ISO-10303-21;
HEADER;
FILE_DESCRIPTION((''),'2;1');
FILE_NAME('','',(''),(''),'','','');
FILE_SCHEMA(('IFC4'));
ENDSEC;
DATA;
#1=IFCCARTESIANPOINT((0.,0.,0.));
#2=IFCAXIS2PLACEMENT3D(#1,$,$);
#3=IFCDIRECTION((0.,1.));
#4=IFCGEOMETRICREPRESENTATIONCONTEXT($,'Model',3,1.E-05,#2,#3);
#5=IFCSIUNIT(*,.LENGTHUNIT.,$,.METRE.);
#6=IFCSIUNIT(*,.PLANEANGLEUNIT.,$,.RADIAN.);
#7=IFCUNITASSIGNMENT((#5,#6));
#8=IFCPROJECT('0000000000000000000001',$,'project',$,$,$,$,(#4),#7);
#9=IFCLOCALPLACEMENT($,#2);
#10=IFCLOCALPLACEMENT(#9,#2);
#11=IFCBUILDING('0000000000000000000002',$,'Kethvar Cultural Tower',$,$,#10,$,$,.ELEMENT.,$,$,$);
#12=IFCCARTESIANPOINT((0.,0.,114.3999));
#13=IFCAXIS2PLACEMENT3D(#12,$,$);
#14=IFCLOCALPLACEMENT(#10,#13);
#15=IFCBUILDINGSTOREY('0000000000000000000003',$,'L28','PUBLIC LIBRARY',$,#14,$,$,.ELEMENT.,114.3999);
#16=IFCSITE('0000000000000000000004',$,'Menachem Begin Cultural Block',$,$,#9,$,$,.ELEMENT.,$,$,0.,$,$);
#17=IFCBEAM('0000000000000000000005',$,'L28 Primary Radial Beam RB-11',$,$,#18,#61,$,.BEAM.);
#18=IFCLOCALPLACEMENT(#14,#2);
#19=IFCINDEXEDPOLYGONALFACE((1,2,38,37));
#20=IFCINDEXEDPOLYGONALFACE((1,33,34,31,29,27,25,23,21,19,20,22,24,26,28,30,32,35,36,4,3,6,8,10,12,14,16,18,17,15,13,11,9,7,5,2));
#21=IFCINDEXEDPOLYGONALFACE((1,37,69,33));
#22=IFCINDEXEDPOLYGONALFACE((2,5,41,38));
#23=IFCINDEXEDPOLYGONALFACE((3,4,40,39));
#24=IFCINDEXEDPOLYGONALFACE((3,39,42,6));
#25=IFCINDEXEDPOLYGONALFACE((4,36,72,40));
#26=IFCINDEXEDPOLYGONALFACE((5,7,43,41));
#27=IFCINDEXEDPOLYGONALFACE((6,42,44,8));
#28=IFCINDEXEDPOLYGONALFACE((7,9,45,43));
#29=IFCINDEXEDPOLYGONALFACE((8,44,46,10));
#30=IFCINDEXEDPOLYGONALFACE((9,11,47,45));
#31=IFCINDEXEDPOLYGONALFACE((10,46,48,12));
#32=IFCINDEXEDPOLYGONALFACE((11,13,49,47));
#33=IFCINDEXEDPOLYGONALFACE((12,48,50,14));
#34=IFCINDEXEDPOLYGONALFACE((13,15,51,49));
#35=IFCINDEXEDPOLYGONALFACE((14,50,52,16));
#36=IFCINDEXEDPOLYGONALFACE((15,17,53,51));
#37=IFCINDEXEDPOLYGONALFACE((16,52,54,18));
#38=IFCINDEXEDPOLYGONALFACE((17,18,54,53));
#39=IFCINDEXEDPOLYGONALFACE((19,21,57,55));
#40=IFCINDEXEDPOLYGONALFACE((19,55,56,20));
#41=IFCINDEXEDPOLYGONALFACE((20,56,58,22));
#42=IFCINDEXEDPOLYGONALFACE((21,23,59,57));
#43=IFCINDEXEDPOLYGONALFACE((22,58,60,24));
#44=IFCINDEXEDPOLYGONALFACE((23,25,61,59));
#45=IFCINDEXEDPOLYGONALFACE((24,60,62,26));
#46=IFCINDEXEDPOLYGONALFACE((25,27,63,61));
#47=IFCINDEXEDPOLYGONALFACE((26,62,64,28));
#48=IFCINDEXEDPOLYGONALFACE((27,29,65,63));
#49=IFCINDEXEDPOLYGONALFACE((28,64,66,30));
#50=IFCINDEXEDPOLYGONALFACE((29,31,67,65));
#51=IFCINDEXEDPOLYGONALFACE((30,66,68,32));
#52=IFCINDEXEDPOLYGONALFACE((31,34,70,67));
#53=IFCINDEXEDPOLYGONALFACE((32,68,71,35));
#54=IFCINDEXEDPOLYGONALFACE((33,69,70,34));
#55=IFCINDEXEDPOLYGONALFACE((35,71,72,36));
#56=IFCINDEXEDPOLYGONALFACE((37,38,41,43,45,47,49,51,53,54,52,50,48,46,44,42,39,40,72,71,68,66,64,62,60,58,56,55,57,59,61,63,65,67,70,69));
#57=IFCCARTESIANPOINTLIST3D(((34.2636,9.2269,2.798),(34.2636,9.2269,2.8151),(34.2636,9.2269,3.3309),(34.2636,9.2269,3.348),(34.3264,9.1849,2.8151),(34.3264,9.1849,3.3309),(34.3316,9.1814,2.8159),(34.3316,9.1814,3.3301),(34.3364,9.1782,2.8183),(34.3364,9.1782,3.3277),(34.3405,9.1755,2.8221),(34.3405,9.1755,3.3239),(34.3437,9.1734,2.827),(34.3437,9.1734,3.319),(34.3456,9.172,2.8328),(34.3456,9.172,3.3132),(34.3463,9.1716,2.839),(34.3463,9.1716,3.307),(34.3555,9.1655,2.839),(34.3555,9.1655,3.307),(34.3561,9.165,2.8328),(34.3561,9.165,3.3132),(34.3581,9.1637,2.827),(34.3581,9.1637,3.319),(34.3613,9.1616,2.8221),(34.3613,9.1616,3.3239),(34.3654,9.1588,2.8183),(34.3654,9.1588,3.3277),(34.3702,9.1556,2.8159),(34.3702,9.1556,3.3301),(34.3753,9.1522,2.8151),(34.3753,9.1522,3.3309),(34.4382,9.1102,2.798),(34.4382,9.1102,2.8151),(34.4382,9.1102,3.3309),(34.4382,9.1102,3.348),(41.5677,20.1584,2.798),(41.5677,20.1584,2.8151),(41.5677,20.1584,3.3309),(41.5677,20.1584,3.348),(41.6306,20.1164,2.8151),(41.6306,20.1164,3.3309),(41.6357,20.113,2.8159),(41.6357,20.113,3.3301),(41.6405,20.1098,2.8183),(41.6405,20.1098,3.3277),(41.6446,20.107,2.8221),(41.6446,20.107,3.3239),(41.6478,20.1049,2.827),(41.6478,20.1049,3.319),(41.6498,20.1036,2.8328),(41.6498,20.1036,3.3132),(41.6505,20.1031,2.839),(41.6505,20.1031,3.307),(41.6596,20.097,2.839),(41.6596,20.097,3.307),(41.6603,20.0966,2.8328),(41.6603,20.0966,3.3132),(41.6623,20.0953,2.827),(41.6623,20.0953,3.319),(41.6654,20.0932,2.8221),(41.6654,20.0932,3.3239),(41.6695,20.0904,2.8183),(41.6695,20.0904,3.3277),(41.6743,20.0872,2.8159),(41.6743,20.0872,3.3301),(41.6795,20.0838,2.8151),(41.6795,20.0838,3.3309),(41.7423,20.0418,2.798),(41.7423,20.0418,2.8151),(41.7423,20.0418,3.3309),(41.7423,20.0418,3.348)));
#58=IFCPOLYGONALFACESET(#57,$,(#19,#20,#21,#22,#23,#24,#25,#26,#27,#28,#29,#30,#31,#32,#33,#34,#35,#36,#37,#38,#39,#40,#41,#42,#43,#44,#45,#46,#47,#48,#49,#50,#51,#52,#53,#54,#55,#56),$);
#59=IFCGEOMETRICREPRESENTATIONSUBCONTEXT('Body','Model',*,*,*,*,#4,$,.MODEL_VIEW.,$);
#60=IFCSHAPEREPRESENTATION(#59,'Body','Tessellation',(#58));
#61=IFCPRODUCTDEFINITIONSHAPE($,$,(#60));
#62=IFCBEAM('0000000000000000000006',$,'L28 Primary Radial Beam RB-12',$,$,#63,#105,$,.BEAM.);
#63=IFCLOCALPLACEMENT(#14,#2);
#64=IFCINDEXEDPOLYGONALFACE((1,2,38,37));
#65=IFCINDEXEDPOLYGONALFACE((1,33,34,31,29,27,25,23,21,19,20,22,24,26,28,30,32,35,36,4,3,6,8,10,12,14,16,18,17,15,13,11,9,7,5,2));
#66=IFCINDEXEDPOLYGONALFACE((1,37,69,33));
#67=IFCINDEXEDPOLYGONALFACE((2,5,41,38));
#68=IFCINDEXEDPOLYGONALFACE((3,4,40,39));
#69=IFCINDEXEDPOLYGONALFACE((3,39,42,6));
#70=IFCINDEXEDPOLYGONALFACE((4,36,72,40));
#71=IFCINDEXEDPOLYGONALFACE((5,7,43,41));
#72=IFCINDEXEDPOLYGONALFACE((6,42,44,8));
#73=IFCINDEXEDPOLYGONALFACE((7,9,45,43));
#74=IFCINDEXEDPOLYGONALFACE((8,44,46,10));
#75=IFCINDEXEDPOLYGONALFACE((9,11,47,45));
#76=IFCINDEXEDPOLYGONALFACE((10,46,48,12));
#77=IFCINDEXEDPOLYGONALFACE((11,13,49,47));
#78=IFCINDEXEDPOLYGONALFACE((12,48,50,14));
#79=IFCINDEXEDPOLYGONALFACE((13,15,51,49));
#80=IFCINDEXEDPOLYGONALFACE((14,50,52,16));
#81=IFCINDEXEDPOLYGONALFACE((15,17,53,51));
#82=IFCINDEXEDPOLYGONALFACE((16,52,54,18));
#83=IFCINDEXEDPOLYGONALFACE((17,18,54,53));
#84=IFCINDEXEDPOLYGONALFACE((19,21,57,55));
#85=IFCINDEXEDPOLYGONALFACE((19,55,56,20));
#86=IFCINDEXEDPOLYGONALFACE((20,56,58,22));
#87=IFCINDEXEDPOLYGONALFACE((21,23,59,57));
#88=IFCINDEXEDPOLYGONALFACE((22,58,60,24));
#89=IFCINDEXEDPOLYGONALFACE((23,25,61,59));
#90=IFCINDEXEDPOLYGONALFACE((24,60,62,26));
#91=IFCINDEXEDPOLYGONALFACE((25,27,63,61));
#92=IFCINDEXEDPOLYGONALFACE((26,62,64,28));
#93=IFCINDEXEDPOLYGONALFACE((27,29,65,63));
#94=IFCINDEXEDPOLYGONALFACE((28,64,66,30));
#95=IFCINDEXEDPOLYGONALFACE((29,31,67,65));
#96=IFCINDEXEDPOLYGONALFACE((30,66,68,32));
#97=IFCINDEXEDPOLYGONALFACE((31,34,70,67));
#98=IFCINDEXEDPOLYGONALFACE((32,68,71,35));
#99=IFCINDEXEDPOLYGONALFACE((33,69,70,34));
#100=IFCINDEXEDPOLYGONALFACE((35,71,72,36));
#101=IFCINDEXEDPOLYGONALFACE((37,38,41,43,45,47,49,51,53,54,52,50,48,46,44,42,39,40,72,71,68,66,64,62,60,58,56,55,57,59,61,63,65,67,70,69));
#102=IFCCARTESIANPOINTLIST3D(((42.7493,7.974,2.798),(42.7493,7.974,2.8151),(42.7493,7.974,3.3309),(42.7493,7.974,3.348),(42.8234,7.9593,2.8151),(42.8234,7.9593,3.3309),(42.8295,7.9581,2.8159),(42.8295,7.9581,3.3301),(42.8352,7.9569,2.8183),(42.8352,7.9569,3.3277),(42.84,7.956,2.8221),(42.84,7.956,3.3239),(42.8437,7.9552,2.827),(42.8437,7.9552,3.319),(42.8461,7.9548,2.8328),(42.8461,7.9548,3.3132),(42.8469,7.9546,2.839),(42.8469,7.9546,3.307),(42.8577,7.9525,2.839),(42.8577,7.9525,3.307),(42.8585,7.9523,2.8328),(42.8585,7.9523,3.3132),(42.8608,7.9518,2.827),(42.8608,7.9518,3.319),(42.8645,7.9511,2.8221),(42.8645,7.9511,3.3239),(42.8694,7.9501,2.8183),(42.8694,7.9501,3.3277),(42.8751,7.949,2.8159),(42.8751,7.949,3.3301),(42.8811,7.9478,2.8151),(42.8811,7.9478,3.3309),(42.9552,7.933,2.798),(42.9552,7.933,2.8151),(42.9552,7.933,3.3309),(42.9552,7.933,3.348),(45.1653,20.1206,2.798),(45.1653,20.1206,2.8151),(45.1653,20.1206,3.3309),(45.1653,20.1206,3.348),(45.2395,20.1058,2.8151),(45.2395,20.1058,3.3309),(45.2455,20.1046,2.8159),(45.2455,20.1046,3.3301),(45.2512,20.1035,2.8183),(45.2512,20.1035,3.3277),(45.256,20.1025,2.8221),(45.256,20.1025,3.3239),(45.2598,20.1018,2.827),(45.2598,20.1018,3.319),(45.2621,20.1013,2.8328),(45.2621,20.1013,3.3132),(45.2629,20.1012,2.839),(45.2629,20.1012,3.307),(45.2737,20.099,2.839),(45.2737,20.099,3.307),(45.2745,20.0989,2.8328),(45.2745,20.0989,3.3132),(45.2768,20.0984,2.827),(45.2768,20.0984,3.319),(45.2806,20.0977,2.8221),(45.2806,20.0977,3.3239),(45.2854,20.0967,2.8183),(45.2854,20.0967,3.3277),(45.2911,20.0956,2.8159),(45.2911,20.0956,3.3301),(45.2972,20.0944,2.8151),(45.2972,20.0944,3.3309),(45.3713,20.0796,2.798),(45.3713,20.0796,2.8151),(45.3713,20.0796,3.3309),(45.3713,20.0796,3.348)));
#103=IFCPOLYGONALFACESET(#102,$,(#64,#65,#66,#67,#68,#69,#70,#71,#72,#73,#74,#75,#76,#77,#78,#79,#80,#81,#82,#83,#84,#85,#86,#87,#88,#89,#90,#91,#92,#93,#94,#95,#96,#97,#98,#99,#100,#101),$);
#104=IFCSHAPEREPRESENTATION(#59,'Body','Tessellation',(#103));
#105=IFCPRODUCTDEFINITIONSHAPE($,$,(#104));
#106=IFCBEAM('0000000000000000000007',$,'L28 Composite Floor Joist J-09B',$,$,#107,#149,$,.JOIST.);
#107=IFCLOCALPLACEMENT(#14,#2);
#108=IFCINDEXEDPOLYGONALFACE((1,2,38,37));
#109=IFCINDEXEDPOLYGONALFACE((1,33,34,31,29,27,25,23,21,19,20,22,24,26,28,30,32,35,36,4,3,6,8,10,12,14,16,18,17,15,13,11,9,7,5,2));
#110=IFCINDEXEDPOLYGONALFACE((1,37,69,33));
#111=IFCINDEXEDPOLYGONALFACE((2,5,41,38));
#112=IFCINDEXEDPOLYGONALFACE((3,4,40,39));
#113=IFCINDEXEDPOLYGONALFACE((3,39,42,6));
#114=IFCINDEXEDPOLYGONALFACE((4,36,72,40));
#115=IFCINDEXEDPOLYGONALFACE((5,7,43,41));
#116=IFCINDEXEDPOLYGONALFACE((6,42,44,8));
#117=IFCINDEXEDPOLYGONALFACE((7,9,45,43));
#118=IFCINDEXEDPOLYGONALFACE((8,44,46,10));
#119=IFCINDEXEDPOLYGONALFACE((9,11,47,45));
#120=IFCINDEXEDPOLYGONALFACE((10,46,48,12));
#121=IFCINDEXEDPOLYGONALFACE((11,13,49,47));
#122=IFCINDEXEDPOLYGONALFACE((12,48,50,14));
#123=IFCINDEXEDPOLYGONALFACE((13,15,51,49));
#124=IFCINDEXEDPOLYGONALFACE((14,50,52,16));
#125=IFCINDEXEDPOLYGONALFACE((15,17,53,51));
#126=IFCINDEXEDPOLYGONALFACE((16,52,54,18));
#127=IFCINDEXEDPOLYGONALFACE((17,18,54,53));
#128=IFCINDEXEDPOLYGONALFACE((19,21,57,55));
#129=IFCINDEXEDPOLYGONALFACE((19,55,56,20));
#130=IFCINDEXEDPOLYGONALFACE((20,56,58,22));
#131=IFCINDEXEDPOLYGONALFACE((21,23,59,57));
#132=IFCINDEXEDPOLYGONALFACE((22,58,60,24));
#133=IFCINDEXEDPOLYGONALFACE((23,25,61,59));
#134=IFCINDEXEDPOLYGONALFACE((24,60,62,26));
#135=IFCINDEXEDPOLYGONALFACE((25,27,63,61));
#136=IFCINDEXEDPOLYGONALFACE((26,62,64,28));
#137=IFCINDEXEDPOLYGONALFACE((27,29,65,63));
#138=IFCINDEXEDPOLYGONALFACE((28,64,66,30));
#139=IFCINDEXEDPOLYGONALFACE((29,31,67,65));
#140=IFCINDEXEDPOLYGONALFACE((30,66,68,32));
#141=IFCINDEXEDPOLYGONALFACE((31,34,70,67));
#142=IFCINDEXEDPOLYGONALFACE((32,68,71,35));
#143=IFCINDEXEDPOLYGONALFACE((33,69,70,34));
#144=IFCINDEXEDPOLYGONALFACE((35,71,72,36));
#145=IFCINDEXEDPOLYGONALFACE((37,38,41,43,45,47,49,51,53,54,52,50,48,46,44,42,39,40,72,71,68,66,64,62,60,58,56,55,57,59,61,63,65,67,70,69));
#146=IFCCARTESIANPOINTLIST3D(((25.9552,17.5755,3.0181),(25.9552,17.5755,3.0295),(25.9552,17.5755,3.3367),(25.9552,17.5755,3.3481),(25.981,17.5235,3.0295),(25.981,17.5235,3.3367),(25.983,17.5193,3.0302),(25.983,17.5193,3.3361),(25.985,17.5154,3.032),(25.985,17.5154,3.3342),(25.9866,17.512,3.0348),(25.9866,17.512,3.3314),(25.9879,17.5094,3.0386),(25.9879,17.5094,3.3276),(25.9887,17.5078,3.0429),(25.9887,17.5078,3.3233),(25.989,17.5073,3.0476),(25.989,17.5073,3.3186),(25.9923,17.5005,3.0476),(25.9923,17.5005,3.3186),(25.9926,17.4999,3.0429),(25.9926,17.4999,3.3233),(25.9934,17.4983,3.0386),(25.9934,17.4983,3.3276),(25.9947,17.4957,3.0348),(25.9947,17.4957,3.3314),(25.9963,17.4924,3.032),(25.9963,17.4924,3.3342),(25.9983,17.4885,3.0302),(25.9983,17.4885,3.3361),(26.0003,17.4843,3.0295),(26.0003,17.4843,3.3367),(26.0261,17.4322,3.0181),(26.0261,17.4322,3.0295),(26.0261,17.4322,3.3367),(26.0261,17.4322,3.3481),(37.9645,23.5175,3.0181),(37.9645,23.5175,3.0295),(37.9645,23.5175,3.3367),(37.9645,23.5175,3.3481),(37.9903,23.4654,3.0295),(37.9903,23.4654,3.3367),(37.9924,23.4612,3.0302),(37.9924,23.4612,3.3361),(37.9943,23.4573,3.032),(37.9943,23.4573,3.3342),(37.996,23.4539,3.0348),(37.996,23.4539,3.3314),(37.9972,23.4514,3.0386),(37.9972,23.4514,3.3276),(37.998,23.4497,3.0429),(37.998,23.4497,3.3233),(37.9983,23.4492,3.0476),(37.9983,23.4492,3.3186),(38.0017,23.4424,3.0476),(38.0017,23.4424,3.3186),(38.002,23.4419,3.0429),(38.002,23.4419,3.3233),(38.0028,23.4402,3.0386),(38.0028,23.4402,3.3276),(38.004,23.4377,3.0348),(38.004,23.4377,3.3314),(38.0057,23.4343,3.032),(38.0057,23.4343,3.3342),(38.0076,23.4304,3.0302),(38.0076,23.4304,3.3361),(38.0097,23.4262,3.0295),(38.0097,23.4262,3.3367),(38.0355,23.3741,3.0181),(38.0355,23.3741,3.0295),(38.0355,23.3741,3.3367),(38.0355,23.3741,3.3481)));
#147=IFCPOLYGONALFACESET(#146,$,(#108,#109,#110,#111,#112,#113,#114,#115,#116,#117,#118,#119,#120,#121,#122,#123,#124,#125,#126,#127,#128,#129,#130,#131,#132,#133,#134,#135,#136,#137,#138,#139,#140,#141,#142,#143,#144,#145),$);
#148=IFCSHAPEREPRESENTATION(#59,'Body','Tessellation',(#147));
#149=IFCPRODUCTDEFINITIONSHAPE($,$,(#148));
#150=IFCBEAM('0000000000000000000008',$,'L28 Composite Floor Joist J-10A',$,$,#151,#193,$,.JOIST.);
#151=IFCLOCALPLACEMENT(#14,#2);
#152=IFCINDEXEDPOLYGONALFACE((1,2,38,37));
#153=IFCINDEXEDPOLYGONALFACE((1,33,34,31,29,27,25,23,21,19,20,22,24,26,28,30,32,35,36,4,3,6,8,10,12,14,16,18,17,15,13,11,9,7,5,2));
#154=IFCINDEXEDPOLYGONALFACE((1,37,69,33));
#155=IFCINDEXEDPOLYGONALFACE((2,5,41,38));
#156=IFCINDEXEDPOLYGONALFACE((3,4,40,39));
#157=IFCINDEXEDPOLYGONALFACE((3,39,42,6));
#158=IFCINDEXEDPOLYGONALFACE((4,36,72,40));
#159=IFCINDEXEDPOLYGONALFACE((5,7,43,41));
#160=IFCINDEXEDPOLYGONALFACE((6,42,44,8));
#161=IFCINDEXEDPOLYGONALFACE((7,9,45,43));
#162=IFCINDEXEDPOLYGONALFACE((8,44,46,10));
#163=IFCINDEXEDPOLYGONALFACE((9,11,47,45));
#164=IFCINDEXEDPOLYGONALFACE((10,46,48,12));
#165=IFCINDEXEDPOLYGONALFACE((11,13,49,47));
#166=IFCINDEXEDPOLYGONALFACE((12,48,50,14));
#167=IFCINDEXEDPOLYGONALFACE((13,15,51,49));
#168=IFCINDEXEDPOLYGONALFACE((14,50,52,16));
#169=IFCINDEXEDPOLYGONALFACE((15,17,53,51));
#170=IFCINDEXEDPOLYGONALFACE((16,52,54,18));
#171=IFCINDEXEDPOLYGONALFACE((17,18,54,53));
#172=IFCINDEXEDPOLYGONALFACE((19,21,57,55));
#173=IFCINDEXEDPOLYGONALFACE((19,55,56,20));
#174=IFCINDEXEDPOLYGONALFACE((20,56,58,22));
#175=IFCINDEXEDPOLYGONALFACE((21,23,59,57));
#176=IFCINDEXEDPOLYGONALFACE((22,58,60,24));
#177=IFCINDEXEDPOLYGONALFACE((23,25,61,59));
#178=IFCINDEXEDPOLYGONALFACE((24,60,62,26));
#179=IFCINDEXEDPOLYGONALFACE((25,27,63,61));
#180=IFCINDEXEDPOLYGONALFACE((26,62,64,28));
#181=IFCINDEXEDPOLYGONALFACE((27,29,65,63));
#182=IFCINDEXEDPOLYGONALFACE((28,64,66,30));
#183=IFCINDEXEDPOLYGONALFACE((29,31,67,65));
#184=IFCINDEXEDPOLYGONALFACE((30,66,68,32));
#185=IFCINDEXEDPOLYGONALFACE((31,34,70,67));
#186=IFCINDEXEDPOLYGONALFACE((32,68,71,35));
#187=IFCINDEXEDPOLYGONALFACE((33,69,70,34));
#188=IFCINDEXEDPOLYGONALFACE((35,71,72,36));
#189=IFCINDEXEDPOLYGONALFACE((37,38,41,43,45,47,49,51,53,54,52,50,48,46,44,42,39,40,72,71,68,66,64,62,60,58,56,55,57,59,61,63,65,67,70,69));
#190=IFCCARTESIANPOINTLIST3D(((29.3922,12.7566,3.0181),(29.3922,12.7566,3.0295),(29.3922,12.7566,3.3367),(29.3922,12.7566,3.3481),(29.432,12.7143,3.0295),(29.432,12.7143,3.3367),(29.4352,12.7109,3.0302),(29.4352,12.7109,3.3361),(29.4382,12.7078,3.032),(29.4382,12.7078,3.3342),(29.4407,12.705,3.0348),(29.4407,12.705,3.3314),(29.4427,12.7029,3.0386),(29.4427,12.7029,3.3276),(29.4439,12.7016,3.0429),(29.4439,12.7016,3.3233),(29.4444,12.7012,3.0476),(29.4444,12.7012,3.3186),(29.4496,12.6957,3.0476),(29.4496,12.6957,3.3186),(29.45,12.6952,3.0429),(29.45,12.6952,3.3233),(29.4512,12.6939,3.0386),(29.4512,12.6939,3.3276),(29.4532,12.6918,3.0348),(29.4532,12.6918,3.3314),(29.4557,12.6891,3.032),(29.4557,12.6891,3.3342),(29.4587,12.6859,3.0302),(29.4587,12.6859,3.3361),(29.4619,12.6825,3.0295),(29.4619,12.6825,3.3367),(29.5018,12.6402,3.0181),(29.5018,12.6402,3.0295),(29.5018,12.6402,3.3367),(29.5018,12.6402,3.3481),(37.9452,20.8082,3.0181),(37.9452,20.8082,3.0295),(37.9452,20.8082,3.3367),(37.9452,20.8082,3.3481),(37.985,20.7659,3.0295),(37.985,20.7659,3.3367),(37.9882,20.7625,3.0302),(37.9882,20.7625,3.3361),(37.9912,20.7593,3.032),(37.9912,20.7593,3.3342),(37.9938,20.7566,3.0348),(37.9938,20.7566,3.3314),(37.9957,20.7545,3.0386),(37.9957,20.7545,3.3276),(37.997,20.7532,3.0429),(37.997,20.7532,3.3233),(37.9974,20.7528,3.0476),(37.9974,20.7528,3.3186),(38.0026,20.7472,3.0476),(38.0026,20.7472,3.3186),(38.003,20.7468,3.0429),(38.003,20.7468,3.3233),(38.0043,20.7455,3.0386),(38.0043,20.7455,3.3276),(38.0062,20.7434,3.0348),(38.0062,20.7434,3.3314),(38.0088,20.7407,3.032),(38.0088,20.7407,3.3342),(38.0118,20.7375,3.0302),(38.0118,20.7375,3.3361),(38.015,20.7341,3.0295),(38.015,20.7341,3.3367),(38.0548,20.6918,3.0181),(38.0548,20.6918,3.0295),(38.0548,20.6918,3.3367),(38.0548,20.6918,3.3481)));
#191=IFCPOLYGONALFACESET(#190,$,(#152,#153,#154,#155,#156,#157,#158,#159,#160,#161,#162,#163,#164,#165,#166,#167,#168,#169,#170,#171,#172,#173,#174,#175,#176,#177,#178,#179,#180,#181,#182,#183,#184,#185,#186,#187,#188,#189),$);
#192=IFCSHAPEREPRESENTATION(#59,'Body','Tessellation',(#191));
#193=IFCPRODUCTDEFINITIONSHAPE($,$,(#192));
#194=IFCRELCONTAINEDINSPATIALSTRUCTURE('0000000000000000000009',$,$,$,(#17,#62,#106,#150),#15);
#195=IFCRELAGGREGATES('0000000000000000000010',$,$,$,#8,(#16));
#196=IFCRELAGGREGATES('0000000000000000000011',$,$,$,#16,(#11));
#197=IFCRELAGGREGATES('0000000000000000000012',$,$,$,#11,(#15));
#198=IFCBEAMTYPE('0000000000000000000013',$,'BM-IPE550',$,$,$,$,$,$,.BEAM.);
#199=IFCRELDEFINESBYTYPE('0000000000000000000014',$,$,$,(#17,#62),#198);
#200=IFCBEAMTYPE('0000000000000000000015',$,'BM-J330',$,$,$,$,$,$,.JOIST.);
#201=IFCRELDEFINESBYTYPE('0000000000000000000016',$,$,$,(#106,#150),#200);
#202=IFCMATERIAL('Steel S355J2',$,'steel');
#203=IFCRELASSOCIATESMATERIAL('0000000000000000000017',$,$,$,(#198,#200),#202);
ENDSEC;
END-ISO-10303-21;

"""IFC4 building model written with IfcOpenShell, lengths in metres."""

from ifc_helpers import new_model, si_unit, direction, frame, origin, origin_2d, place, context, subcontext, project, spatial, i_section, extrude, source, transform, mapped, material, material_profile, profile_set, type_object, element, save


model = new_model("IFC4")

# Units and contexts
model_context = context("Model", 3, precision=1e-05, world=origin(), true_north=direction((0.0, 1.0)))
body_context = subcontext(model_context, "Body", "Model", "MODEL_VIEW")
ifc_project = project(units=[si_unit("LENGTHUNIT", "METRE"), si_unit("PLANEANGLEUNIT", "RADIAN")], contexts=[model_context])

# Site, building, storey
site_placement = place(None, origin())
site = spatial("IfcSite", under=ifc_project, at=site_placement, Name="Menachem Begin Cultural Block", CompositionType="ELEMENT", RefElevation=0.0)
building_placement = place(site_placement, origin())
building = spatial("IfcBuilding", under=site, at=building_placement, Name="Kethvar Cultural Tower", CompositionType="ELEMENT")
storey_placement = place(building_placement, frame((0.0, 0.0, 114.3999)))
storey = spatial("IfcBuildingStorey", under=building, at=storey_placement, Name="L28", Description="PUBLIC LIBRARY", CompositionType="ELEMENT", Elevation=114.3999)

# Beams
ifc_material_1 = material(Name="Steel S355J2", Category="steel")
ifc_material_profile_1 = material_profile(ifc_material_1, i_section(OverallWidth=0.21, OverallDepth=0.55, WebThickness=0.011, FlangeThickness=0.0171, FilletRadius=0.0239, at=origin_2d()), Name="Steel S355J2 — IPE550")
ifc_profile_set_1 = profile_set([ifc_material_profile_1], Name="Steel S355J2 — IPE550")
beam_type_1 = type_object("IfcBeamType", Name="BM-IPE550", PredefinedType="BEAM", material=ifc_profile_set_1)
shared_shape_1 = source(origin(), body_context, "Body", "SweptSolid", [
    extrude(i_section(OverallWidth=0.21, OverallDepth=0.55, WebThickness=0.011, FlangeThickness=0.0171, FilletRadius=0.0239, at=origin_2d()), origin(), (0.0, 0.0, 1.0), 13.1472),
])
beam_1_placement = place(storey_placement, frame((41.655, 20.1001, 3.073), z_axis=(-0.555566, -0.831473, 0.0), x_axis=(0.831473, -0.555566, 0.0)))
element("IfcBeam", 1, at=beam_1_placement, inside=storey, type_object=beam_type_1, Name="L28 Primary Radial Beam RB-11", PredefinedType="BEAM", context=body_context, shape_type="MappedRepresentation", body=[
    mapped(shared_shape_1, transform((0.0, 0.0, 0.0), scale=1.0)),
])
shared_shape_2 = source(origin(), body_context, "Body", "SweptSolid", [
    extrude(i_section(OverallWidth=0.21, OverallDepth=0.55, WebThickness=0.011, FlangeThickness=0.0171, FilletRadius=0.0239, at=origin_2d()), origin(), (0.0, 0.0, 1.0), 12.3845),
])
beam_2_placement = place(storey_placement, frame((45.2683, 20.1001, 3.073), z_axis=(-0.195085, -0.980786, 0.0), x_axis=(0.980786, -0.195085, 0.0)))
element("IfcBeam", 2, at=beam_2_placement, inside=storey, type_object=beam_type_1, Name="L28 Primary Radial Beam RB-12", PredefinedType="BEAM", context=body_context, shape_type="MappedRepresentation", body=[
    mapped(shared_shape_2, transform((0.0, 0.0, 0.0), scale=1.0)),
])
ifc_material_profile_2 = material_profile(ifc_material_1, i_section(OverallWidth=0.1599, OverallDepth=0.3301, WebThickness=0.0076, FlangeThickness=0.0115, FilletRadius=0.0181, at=origin_2d()), Name="Steel S355J2 — IPE330")
ifc_profile_set_2 = profile_set([ifc_material_profile_2], Name="Steel S355J2 — IPE330")
beam_type_2 = type_object("IfcBeamType", Name="BM-J330", PredefinedType="JOIST", material=ifc_profile_set_2)
shared_shape_3 = source(origin(), body_context, "Body", "SweptSolid", [
    extrude(i_section(OverallWidth=0.1599, OverallDepth=0.3301, WebThickness=0.0076, FlangeThickness=0.0115, FilletRadius=0.0181, at=origin_2d()), origin(), (0.0, 0.0, 1.0), 13.3989),
])
beam_3_placement = place(storey_placement, frame((38.0, 23.4458, 3.1831), z_axis=(-0.896292, -0.443463, 0.0), x_axis=(0.443463, -0.896292, 0.0)))
element("IfcBeam", 3, at=beam_3_placement, inside=storey, type_object=beam_type_2, Name="L28 Composite Floor Joist J-09B", PredefinedType="JOIST", context=body_context, shape_type="MappedRepresentation", body=[
    mapped(shared_shape_3, transform((0.0, 0.0, 0.0), scale=1.0)),
])
shared_shape_4 = source(origin(), body_context, "Body", "SweptSolid", [
    extrude(i_section(OverallWidth=0.1599, OverallDepth=0.3301, WebThickness=0.0076, FlangeThickness=0.0115, FilletRadius=0.0181, at=origin_2d()), origin(), (0.0, 0.0, 1.0), 11.7466),
])
beam_4_placement = place(storey_placement, frame((38.0, 20.75, 3.1831), z_axis=(-0.72813, -0.685439, 0.0), x_axis=(0.685439, -0.72813, 0.0)))
element("IfcBeam", 4, at=beam_4_placement, inside=storey, type_object=beam_type_2, Name="L28 Composite Floor Joist J-10A", PredefinedType="JOIST", context=body_context, shape_type="MappedRepresentation", body=[
    mapped(shared_shape_4, transform((0.0, 0.0, 0.0), scale=1.0)),
])

save(model, "model.ifc")
